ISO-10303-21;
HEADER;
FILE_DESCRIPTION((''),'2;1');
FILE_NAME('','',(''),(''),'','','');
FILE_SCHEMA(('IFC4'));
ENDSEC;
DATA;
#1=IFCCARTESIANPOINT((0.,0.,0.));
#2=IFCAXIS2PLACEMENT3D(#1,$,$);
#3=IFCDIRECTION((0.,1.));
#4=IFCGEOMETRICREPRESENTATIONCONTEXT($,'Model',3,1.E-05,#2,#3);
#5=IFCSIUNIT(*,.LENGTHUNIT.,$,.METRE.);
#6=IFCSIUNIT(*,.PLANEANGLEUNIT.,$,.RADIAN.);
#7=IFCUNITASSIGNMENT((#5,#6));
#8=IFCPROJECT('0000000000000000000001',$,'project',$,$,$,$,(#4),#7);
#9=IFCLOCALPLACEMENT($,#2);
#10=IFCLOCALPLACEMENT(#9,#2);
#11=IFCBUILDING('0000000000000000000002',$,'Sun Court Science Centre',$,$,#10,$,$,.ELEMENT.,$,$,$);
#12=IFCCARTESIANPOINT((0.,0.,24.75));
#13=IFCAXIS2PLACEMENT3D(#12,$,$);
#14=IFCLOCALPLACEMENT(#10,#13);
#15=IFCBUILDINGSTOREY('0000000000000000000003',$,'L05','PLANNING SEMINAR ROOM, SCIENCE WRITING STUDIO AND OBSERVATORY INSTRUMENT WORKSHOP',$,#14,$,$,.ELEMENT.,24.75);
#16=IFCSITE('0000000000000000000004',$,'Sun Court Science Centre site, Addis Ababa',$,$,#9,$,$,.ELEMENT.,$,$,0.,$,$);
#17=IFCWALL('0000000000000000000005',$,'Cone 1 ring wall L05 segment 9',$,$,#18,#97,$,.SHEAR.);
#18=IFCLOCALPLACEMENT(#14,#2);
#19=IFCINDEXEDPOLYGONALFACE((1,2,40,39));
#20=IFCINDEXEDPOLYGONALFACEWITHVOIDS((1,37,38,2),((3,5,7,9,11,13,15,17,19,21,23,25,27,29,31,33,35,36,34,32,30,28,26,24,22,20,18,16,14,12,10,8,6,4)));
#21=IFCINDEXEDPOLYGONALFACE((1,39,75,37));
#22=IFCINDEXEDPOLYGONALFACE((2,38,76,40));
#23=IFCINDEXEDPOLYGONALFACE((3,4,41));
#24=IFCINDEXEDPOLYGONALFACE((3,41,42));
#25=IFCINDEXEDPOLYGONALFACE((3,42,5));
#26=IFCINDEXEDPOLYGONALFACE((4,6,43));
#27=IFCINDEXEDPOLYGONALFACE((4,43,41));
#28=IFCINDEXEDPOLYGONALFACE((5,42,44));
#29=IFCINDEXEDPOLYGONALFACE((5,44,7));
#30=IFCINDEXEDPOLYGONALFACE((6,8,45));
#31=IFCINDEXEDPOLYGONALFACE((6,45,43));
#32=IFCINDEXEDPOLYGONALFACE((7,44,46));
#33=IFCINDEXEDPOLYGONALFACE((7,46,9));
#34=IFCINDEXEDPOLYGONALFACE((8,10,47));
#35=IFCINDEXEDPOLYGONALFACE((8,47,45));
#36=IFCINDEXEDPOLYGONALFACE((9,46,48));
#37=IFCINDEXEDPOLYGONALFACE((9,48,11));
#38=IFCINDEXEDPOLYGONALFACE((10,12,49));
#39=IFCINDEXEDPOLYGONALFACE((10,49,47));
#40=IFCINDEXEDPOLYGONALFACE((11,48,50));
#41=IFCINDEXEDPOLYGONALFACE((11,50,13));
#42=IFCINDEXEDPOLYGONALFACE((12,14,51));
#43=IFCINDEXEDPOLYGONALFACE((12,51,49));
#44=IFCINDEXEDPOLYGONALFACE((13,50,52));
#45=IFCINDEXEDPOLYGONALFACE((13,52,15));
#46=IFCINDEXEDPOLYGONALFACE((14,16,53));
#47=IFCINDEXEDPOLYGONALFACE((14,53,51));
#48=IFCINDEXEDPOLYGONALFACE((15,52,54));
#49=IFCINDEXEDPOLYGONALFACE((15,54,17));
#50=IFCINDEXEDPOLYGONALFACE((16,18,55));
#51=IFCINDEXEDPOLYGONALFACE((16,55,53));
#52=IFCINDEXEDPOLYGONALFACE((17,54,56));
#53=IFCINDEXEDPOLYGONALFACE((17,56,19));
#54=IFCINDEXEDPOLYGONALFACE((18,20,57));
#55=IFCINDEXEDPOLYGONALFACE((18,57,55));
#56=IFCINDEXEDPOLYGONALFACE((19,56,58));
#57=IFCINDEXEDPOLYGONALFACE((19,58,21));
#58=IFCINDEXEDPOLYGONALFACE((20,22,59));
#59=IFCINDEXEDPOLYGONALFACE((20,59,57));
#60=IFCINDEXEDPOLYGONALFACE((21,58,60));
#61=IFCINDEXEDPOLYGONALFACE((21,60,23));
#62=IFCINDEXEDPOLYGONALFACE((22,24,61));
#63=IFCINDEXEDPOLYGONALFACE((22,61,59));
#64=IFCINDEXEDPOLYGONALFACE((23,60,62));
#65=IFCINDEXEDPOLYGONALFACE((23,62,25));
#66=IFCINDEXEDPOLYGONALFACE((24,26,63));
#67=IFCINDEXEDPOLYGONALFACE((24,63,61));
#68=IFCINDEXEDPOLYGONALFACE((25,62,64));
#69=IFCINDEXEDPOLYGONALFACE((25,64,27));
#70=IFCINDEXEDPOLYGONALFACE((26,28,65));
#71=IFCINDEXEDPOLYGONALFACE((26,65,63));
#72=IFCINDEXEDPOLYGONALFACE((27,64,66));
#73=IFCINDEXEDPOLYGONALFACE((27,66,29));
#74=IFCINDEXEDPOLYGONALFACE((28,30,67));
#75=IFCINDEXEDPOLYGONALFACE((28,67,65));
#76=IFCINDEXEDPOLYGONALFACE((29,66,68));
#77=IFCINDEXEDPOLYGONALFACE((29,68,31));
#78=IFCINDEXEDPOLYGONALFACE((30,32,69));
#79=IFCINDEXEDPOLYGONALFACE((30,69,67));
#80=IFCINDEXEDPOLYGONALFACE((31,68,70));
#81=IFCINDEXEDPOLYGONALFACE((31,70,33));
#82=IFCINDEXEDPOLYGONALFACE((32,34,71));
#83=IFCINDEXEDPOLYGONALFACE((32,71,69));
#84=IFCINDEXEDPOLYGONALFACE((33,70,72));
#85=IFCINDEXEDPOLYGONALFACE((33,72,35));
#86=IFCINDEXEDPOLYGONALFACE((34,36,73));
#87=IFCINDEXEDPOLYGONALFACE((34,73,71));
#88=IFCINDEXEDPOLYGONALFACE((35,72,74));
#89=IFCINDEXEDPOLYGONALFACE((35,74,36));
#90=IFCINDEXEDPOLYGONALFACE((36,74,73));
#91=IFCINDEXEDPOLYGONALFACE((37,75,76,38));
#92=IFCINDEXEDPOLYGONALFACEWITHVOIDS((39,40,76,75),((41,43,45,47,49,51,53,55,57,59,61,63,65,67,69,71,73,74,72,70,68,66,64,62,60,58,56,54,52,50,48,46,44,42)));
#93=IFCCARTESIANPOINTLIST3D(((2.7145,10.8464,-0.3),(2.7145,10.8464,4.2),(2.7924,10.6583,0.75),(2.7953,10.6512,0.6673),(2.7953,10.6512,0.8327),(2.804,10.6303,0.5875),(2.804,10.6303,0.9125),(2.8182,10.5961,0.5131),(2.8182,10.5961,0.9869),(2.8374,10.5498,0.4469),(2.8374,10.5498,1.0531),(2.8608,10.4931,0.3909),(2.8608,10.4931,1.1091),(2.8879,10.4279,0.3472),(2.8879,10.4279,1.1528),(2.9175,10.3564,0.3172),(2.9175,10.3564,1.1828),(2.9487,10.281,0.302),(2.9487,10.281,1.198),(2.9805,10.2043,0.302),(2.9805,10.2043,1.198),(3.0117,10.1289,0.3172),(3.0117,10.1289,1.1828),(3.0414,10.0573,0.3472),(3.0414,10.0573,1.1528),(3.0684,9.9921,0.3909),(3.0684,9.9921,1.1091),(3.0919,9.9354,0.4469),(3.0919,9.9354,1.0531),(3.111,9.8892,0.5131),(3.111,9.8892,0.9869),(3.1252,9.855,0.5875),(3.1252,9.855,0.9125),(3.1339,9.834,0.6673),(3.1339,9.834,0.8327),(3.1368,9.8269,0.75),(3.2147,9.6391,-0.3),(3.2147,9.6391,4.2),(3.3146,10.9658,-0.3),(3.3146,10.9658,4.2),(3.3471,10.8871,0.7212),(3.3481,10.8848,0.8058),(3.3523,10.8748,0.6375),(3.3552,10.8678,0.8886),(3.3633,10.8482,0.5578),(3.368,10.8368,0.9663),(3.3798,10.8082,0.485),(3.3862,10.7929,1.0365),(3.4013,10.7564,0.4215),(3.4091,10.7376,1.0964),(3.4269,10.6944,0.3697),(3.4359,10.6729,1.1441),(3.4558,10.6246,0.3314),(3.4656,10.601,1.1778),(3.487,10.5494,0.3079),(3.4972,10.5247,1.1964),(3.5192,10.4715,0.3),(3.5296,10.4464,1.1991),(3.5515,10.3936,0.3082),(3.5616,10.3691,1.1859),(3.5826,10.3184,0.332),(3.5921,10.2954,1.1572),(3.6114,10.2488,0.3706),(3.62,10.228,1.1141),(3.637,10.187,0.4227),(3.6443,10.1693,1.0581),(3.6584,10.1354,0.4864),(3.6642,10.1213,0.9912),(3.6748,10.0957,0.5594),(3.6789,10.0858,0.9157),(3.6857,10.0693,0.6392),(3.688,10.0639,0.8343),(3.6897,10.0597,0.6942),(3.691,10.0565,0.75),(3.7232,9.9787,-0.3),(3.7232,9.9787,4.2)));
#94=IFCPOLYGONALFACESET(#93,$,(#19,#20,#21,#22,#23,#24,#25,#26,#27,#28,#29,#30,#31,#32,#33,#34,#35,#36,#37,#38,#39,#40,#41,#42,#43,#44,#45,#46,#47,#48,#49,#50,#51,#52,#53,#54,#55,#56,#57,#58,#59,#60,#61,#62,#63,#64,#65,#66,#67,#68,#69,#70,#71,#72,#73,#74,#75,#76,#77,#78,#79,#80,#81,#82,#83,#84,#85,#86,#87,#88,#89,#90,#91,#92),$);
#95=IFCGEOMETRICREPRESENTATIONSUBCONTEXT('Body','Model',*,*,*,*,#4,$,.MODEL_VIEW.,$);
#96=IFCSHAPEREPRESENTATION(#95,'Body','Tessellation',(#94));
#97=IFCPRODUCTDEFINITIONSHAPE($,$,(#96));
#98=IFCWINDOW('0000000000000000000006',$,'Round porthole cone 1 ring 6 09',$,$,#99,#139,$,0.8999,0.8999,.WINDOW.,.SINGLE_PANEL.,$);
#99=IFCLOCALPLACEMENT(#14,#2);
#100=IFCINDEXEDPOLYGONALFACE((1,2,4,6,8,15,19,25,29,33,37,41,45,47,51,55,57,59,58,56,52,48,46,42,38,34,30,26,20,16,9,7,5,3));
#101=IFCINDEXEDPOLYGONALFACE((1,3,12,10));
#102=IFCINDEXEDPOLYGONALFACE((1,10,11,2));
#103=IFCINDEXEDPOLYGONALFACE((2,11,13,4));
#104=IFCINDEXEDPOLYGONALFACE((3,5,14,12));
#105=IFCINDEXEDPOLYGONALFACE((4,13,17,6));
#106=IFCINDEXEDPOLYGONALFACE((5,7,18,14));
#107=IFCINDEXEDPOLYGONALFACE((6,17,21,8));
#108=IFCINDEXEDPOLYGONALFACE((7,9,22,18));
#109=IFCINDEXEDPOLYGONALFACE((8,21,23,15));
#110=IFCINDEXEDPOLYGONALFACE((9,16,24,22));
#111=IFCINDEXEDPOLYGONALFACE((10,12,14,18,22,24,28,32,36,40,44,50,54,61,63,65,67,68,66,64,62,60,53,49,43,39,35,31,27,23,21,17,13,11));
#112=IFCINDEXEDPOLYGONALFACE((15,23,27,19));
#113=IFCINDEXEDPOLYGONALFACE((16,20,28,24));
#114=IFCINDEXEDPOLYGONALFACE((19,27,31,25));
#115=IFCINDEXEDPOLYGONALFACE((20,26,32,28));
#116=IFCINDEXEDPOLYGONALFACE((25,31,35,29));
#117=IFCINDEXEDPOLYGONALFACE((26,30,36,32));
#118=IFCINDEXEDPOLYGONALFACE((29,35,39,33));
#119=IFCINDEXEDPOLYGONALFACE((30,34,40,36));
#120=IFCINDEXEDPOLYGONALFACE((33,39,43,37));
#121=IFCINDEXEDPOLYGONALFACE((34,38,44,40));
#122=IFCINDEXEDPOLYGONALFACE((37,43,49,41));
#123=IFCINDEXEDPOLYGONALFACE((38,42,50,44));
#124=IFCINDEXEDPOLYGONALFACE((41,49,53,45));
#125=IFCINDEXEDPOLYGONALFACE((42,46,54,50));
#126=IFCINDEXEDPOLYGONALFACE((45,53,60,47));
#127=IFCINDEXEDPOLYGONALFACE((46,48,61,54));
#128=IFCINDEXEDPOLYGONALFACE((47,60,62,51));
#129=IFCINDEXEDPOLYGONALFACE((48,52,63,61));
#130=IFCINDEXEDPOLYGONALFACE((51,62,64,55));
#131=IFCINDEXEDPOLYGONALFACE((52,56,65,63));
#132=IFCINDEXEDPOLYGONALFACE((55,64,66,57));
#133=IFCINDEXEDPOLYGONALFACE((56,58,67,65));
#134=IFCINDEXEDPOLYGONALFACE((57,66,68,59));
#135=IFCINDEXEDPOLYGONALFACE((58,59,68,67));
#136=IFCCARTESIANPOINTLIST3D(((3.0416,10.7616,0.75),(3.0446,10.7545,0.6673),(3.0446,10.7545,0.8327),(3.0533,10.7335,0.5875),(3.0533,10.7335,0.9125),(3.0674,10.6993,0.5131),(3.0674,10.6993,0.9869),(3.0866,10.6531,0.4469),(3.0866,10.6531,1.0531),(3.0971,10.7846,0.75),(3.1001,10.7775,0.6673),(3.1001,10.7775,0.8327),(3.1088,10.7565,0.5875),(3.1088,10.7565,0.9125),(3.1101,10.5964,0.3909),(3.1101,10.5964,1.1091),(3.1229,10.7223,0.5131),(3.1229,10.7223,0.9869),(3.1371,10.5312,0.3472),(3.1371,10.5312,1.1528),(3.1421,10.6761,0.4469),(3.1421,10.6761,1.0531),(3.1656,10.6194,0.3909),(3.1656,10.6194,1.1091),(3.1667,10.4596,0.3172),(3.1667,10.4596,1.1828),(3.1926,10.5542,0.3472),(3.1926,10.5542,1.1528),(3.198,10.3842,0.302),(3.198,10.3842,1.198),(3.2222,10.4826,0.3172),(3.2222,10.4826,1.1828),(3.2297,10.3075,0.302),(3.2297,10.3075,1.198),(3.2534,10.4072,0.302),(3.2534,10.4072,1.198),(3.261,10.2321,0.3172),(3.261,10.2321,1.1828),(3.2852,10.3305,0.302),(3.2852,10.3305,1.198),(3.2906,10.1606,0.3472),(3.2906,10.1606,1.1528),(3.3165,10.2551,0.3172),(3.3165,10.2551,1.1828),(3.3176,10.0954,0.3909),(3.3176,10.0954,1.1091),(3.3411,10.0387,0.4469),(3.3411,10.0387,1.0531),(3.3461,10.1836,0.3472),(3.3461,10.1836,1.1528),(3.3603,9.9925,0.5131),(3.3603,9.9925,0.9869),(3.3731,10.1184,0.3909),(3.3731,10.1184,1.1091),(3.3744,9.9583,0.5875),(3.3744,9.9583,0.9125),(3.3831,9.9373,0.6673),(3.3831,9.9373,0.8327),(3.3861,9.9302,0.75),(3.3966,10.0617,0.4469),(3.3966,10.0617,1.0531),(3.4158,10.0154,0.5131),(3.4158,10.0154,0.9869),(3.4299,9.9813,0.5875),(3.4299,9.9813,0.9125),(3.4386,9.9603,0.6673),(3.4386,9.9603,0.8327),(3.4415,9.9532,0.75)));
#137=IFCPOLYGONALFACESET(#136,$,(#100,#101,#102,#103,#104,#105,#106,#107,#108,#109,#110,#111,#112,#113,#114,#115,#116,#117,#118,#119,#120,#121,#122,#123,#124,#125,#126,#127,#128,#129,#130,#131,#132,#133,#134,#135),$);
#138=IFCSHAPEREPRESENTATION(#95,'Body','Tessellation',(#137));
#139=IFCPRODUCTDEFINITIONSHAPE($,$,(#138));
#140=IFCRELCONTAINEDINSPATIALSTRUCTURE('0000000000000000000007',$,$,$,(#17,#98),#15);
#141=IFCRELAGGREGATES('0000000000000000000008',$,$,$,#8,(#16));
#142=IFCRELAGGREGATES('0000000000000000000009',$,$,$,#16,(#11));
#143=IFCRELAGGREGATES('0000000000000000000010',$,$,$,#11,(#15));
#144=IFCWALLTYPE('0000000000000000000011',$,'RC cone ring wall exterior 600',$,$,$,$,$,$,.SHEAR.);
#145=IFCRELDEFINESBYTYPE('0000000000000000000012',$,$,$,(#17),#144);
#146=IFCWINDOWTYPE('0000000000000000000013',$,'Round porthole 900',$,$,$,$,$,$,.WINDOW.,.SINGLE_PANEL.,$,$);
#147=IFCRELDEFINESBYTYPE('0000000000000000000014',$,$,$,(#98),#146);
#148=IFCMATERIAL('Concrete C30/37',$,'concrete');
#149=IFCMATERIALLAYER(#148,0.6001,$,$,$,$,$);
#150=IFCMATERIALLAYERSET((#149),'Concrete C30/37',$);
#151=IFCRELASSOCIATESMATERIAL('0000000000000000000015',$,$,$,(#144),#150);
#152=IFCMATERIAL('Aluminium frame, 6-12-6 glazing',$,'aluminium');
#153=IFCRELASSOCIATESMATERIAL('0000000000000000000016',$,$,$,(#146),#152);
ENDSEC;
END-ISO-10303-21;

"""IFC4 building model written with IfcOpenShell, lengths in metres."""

from ifc_helpers import new_model, si_unit, direction, frame, frame_2d, origin, place, context, subcontext, project, spatial, polyline, circle, outline, extrude, material, layer, layer_set, type_object, element, fill, save


model = new_model("IFC4")

# Units and contexts
model_context = context("Model", 3, precision=1e-05, world=origin(), true_north=direction((0.0, 1.0)))
body_context = subcontext(model_context, "Body", "Model", "MODEL_VIEW")
ifc_project = project(units=[si_unit("LENGTHUNIT", "METRE"), si_unit("PLANEANGLEUNIT", "RADIAN")], contexts=[model_context])

# Site, building, storey
site_placement = place(None, origin())
site = spatial("IfcSite", under=ifc_project, at=site_placement, Name="Sun Court Science Centre site, Addis Ababa", CompositionType="ELEMENT", RefElevation=0.0)
building_placement = place(site_placement, origin())
building = spatial("IfcBuilding", under=site, at=building_placement, Name="Sun Court Science Centre", CompositionType="ELEMENT")
storey_placement = place(building_placement, frame((0.0, 0.0, 24.75)))
storey = spatial("IfcBuildingStorey", under=building, at=storey_placement, Name="L05", Description="PLANNING SEMINAR ROOM, SCIENCE WRITING STUDIO AND OBSERVATORY INSTRUMENT WORKSHOP", CompositionType="ELEMENT", Elevation=24.75)

# Wall, opening, window
ifc_material_1 = material(Name="Concrete C30/37", Category="concrete")
ifc_layer = layer(ifc_material_1, 0.6001)
ifc_layer_set = layer_set([ifc_layer], Name="Concrete C30/37")
wall_type = type_object("IfcWallType", Name="RC cone ring wall exterior 600", PredefinedType="SHEAR", material=ifc_layer_set)
ifc_material_2 = material(Name="Aluminium frame, 6-12-6 glazing", Category="aluminium")
window_type = type_object("IfcWindowType", Name="Round porthole 900", PartitioningType="SINGLE_PANEL", PredefinedType="WINDOW", material=ifc_material_2)
wall_1_placement = place(storey_placement, frame((2.9915, 10.9612, -0.3), z_axis=(0.0, 0.0, 1.0), x_axis=(0.382731, -0.92386, 0.0)))
wall_1 = element("IfcWall", 1, at=wall_1_placement, inside=storey, type_object=wall_type, Name="Cone 1 ring wall L05 segment 9", PredefinedType="SHEAR", context=body_context, shape_type="SweptSolid", body=[
    extrude(outline(polyline([(0.0, -0.2998), (1.3069, -0.2998), (1.1877, 0.3), (0.1194, 0.3003), (0.0, -0.2998)])), origin(), (0.0, 0.0, 1.0), 4.5),
])
opening_1_placement = place(wall_1_placement, frame((0.2036, 0.0, 0.6001)))
opening_1 = element("IfcOpeningElement", 2, at=opening_1_placement, cuts=wall_1, PredefinedType="OPENING", context=body_context, shape_type="SweptSolid", body=[
    extrude(circle(Radius=0.45, at=frame_2d((0.45, 0.45))), frame((0.0, 0.3101, 0.0), z_axis=(0.0, -1.0, 0.0), x_axis=(1.0, 0.0, 0.0)), (0.0, 0.0, 1.0), 0.6201),
])
window_1_placement = place(opening_1_placement, origin())
window_1 = element("IfcWindow", 3, at=window_1_placement, inside=storey, type_object=window_type, Name="Round porthole cone 1 ring 6 09", OverallHeight=0.8999, OverallWidth=0.8999, PartitioningType="SINGLE_PANEL", PredefinedType="WINDOW", context=body_context, shape_type="SweptSolid", body=[
    extrude(circle(Radius=0.45, at=frame_2d((0.45, 0.45))), frame((0.0, 0.03, 0.0), z_axis=(0.0, -1.0, 0.0), x_axis=(1.0, 0.0, 0.0)), (0.0, 0.0, 1.0), 0.0601),
])
fill(opening_1, window_1)

save(model, "model.ifc")
